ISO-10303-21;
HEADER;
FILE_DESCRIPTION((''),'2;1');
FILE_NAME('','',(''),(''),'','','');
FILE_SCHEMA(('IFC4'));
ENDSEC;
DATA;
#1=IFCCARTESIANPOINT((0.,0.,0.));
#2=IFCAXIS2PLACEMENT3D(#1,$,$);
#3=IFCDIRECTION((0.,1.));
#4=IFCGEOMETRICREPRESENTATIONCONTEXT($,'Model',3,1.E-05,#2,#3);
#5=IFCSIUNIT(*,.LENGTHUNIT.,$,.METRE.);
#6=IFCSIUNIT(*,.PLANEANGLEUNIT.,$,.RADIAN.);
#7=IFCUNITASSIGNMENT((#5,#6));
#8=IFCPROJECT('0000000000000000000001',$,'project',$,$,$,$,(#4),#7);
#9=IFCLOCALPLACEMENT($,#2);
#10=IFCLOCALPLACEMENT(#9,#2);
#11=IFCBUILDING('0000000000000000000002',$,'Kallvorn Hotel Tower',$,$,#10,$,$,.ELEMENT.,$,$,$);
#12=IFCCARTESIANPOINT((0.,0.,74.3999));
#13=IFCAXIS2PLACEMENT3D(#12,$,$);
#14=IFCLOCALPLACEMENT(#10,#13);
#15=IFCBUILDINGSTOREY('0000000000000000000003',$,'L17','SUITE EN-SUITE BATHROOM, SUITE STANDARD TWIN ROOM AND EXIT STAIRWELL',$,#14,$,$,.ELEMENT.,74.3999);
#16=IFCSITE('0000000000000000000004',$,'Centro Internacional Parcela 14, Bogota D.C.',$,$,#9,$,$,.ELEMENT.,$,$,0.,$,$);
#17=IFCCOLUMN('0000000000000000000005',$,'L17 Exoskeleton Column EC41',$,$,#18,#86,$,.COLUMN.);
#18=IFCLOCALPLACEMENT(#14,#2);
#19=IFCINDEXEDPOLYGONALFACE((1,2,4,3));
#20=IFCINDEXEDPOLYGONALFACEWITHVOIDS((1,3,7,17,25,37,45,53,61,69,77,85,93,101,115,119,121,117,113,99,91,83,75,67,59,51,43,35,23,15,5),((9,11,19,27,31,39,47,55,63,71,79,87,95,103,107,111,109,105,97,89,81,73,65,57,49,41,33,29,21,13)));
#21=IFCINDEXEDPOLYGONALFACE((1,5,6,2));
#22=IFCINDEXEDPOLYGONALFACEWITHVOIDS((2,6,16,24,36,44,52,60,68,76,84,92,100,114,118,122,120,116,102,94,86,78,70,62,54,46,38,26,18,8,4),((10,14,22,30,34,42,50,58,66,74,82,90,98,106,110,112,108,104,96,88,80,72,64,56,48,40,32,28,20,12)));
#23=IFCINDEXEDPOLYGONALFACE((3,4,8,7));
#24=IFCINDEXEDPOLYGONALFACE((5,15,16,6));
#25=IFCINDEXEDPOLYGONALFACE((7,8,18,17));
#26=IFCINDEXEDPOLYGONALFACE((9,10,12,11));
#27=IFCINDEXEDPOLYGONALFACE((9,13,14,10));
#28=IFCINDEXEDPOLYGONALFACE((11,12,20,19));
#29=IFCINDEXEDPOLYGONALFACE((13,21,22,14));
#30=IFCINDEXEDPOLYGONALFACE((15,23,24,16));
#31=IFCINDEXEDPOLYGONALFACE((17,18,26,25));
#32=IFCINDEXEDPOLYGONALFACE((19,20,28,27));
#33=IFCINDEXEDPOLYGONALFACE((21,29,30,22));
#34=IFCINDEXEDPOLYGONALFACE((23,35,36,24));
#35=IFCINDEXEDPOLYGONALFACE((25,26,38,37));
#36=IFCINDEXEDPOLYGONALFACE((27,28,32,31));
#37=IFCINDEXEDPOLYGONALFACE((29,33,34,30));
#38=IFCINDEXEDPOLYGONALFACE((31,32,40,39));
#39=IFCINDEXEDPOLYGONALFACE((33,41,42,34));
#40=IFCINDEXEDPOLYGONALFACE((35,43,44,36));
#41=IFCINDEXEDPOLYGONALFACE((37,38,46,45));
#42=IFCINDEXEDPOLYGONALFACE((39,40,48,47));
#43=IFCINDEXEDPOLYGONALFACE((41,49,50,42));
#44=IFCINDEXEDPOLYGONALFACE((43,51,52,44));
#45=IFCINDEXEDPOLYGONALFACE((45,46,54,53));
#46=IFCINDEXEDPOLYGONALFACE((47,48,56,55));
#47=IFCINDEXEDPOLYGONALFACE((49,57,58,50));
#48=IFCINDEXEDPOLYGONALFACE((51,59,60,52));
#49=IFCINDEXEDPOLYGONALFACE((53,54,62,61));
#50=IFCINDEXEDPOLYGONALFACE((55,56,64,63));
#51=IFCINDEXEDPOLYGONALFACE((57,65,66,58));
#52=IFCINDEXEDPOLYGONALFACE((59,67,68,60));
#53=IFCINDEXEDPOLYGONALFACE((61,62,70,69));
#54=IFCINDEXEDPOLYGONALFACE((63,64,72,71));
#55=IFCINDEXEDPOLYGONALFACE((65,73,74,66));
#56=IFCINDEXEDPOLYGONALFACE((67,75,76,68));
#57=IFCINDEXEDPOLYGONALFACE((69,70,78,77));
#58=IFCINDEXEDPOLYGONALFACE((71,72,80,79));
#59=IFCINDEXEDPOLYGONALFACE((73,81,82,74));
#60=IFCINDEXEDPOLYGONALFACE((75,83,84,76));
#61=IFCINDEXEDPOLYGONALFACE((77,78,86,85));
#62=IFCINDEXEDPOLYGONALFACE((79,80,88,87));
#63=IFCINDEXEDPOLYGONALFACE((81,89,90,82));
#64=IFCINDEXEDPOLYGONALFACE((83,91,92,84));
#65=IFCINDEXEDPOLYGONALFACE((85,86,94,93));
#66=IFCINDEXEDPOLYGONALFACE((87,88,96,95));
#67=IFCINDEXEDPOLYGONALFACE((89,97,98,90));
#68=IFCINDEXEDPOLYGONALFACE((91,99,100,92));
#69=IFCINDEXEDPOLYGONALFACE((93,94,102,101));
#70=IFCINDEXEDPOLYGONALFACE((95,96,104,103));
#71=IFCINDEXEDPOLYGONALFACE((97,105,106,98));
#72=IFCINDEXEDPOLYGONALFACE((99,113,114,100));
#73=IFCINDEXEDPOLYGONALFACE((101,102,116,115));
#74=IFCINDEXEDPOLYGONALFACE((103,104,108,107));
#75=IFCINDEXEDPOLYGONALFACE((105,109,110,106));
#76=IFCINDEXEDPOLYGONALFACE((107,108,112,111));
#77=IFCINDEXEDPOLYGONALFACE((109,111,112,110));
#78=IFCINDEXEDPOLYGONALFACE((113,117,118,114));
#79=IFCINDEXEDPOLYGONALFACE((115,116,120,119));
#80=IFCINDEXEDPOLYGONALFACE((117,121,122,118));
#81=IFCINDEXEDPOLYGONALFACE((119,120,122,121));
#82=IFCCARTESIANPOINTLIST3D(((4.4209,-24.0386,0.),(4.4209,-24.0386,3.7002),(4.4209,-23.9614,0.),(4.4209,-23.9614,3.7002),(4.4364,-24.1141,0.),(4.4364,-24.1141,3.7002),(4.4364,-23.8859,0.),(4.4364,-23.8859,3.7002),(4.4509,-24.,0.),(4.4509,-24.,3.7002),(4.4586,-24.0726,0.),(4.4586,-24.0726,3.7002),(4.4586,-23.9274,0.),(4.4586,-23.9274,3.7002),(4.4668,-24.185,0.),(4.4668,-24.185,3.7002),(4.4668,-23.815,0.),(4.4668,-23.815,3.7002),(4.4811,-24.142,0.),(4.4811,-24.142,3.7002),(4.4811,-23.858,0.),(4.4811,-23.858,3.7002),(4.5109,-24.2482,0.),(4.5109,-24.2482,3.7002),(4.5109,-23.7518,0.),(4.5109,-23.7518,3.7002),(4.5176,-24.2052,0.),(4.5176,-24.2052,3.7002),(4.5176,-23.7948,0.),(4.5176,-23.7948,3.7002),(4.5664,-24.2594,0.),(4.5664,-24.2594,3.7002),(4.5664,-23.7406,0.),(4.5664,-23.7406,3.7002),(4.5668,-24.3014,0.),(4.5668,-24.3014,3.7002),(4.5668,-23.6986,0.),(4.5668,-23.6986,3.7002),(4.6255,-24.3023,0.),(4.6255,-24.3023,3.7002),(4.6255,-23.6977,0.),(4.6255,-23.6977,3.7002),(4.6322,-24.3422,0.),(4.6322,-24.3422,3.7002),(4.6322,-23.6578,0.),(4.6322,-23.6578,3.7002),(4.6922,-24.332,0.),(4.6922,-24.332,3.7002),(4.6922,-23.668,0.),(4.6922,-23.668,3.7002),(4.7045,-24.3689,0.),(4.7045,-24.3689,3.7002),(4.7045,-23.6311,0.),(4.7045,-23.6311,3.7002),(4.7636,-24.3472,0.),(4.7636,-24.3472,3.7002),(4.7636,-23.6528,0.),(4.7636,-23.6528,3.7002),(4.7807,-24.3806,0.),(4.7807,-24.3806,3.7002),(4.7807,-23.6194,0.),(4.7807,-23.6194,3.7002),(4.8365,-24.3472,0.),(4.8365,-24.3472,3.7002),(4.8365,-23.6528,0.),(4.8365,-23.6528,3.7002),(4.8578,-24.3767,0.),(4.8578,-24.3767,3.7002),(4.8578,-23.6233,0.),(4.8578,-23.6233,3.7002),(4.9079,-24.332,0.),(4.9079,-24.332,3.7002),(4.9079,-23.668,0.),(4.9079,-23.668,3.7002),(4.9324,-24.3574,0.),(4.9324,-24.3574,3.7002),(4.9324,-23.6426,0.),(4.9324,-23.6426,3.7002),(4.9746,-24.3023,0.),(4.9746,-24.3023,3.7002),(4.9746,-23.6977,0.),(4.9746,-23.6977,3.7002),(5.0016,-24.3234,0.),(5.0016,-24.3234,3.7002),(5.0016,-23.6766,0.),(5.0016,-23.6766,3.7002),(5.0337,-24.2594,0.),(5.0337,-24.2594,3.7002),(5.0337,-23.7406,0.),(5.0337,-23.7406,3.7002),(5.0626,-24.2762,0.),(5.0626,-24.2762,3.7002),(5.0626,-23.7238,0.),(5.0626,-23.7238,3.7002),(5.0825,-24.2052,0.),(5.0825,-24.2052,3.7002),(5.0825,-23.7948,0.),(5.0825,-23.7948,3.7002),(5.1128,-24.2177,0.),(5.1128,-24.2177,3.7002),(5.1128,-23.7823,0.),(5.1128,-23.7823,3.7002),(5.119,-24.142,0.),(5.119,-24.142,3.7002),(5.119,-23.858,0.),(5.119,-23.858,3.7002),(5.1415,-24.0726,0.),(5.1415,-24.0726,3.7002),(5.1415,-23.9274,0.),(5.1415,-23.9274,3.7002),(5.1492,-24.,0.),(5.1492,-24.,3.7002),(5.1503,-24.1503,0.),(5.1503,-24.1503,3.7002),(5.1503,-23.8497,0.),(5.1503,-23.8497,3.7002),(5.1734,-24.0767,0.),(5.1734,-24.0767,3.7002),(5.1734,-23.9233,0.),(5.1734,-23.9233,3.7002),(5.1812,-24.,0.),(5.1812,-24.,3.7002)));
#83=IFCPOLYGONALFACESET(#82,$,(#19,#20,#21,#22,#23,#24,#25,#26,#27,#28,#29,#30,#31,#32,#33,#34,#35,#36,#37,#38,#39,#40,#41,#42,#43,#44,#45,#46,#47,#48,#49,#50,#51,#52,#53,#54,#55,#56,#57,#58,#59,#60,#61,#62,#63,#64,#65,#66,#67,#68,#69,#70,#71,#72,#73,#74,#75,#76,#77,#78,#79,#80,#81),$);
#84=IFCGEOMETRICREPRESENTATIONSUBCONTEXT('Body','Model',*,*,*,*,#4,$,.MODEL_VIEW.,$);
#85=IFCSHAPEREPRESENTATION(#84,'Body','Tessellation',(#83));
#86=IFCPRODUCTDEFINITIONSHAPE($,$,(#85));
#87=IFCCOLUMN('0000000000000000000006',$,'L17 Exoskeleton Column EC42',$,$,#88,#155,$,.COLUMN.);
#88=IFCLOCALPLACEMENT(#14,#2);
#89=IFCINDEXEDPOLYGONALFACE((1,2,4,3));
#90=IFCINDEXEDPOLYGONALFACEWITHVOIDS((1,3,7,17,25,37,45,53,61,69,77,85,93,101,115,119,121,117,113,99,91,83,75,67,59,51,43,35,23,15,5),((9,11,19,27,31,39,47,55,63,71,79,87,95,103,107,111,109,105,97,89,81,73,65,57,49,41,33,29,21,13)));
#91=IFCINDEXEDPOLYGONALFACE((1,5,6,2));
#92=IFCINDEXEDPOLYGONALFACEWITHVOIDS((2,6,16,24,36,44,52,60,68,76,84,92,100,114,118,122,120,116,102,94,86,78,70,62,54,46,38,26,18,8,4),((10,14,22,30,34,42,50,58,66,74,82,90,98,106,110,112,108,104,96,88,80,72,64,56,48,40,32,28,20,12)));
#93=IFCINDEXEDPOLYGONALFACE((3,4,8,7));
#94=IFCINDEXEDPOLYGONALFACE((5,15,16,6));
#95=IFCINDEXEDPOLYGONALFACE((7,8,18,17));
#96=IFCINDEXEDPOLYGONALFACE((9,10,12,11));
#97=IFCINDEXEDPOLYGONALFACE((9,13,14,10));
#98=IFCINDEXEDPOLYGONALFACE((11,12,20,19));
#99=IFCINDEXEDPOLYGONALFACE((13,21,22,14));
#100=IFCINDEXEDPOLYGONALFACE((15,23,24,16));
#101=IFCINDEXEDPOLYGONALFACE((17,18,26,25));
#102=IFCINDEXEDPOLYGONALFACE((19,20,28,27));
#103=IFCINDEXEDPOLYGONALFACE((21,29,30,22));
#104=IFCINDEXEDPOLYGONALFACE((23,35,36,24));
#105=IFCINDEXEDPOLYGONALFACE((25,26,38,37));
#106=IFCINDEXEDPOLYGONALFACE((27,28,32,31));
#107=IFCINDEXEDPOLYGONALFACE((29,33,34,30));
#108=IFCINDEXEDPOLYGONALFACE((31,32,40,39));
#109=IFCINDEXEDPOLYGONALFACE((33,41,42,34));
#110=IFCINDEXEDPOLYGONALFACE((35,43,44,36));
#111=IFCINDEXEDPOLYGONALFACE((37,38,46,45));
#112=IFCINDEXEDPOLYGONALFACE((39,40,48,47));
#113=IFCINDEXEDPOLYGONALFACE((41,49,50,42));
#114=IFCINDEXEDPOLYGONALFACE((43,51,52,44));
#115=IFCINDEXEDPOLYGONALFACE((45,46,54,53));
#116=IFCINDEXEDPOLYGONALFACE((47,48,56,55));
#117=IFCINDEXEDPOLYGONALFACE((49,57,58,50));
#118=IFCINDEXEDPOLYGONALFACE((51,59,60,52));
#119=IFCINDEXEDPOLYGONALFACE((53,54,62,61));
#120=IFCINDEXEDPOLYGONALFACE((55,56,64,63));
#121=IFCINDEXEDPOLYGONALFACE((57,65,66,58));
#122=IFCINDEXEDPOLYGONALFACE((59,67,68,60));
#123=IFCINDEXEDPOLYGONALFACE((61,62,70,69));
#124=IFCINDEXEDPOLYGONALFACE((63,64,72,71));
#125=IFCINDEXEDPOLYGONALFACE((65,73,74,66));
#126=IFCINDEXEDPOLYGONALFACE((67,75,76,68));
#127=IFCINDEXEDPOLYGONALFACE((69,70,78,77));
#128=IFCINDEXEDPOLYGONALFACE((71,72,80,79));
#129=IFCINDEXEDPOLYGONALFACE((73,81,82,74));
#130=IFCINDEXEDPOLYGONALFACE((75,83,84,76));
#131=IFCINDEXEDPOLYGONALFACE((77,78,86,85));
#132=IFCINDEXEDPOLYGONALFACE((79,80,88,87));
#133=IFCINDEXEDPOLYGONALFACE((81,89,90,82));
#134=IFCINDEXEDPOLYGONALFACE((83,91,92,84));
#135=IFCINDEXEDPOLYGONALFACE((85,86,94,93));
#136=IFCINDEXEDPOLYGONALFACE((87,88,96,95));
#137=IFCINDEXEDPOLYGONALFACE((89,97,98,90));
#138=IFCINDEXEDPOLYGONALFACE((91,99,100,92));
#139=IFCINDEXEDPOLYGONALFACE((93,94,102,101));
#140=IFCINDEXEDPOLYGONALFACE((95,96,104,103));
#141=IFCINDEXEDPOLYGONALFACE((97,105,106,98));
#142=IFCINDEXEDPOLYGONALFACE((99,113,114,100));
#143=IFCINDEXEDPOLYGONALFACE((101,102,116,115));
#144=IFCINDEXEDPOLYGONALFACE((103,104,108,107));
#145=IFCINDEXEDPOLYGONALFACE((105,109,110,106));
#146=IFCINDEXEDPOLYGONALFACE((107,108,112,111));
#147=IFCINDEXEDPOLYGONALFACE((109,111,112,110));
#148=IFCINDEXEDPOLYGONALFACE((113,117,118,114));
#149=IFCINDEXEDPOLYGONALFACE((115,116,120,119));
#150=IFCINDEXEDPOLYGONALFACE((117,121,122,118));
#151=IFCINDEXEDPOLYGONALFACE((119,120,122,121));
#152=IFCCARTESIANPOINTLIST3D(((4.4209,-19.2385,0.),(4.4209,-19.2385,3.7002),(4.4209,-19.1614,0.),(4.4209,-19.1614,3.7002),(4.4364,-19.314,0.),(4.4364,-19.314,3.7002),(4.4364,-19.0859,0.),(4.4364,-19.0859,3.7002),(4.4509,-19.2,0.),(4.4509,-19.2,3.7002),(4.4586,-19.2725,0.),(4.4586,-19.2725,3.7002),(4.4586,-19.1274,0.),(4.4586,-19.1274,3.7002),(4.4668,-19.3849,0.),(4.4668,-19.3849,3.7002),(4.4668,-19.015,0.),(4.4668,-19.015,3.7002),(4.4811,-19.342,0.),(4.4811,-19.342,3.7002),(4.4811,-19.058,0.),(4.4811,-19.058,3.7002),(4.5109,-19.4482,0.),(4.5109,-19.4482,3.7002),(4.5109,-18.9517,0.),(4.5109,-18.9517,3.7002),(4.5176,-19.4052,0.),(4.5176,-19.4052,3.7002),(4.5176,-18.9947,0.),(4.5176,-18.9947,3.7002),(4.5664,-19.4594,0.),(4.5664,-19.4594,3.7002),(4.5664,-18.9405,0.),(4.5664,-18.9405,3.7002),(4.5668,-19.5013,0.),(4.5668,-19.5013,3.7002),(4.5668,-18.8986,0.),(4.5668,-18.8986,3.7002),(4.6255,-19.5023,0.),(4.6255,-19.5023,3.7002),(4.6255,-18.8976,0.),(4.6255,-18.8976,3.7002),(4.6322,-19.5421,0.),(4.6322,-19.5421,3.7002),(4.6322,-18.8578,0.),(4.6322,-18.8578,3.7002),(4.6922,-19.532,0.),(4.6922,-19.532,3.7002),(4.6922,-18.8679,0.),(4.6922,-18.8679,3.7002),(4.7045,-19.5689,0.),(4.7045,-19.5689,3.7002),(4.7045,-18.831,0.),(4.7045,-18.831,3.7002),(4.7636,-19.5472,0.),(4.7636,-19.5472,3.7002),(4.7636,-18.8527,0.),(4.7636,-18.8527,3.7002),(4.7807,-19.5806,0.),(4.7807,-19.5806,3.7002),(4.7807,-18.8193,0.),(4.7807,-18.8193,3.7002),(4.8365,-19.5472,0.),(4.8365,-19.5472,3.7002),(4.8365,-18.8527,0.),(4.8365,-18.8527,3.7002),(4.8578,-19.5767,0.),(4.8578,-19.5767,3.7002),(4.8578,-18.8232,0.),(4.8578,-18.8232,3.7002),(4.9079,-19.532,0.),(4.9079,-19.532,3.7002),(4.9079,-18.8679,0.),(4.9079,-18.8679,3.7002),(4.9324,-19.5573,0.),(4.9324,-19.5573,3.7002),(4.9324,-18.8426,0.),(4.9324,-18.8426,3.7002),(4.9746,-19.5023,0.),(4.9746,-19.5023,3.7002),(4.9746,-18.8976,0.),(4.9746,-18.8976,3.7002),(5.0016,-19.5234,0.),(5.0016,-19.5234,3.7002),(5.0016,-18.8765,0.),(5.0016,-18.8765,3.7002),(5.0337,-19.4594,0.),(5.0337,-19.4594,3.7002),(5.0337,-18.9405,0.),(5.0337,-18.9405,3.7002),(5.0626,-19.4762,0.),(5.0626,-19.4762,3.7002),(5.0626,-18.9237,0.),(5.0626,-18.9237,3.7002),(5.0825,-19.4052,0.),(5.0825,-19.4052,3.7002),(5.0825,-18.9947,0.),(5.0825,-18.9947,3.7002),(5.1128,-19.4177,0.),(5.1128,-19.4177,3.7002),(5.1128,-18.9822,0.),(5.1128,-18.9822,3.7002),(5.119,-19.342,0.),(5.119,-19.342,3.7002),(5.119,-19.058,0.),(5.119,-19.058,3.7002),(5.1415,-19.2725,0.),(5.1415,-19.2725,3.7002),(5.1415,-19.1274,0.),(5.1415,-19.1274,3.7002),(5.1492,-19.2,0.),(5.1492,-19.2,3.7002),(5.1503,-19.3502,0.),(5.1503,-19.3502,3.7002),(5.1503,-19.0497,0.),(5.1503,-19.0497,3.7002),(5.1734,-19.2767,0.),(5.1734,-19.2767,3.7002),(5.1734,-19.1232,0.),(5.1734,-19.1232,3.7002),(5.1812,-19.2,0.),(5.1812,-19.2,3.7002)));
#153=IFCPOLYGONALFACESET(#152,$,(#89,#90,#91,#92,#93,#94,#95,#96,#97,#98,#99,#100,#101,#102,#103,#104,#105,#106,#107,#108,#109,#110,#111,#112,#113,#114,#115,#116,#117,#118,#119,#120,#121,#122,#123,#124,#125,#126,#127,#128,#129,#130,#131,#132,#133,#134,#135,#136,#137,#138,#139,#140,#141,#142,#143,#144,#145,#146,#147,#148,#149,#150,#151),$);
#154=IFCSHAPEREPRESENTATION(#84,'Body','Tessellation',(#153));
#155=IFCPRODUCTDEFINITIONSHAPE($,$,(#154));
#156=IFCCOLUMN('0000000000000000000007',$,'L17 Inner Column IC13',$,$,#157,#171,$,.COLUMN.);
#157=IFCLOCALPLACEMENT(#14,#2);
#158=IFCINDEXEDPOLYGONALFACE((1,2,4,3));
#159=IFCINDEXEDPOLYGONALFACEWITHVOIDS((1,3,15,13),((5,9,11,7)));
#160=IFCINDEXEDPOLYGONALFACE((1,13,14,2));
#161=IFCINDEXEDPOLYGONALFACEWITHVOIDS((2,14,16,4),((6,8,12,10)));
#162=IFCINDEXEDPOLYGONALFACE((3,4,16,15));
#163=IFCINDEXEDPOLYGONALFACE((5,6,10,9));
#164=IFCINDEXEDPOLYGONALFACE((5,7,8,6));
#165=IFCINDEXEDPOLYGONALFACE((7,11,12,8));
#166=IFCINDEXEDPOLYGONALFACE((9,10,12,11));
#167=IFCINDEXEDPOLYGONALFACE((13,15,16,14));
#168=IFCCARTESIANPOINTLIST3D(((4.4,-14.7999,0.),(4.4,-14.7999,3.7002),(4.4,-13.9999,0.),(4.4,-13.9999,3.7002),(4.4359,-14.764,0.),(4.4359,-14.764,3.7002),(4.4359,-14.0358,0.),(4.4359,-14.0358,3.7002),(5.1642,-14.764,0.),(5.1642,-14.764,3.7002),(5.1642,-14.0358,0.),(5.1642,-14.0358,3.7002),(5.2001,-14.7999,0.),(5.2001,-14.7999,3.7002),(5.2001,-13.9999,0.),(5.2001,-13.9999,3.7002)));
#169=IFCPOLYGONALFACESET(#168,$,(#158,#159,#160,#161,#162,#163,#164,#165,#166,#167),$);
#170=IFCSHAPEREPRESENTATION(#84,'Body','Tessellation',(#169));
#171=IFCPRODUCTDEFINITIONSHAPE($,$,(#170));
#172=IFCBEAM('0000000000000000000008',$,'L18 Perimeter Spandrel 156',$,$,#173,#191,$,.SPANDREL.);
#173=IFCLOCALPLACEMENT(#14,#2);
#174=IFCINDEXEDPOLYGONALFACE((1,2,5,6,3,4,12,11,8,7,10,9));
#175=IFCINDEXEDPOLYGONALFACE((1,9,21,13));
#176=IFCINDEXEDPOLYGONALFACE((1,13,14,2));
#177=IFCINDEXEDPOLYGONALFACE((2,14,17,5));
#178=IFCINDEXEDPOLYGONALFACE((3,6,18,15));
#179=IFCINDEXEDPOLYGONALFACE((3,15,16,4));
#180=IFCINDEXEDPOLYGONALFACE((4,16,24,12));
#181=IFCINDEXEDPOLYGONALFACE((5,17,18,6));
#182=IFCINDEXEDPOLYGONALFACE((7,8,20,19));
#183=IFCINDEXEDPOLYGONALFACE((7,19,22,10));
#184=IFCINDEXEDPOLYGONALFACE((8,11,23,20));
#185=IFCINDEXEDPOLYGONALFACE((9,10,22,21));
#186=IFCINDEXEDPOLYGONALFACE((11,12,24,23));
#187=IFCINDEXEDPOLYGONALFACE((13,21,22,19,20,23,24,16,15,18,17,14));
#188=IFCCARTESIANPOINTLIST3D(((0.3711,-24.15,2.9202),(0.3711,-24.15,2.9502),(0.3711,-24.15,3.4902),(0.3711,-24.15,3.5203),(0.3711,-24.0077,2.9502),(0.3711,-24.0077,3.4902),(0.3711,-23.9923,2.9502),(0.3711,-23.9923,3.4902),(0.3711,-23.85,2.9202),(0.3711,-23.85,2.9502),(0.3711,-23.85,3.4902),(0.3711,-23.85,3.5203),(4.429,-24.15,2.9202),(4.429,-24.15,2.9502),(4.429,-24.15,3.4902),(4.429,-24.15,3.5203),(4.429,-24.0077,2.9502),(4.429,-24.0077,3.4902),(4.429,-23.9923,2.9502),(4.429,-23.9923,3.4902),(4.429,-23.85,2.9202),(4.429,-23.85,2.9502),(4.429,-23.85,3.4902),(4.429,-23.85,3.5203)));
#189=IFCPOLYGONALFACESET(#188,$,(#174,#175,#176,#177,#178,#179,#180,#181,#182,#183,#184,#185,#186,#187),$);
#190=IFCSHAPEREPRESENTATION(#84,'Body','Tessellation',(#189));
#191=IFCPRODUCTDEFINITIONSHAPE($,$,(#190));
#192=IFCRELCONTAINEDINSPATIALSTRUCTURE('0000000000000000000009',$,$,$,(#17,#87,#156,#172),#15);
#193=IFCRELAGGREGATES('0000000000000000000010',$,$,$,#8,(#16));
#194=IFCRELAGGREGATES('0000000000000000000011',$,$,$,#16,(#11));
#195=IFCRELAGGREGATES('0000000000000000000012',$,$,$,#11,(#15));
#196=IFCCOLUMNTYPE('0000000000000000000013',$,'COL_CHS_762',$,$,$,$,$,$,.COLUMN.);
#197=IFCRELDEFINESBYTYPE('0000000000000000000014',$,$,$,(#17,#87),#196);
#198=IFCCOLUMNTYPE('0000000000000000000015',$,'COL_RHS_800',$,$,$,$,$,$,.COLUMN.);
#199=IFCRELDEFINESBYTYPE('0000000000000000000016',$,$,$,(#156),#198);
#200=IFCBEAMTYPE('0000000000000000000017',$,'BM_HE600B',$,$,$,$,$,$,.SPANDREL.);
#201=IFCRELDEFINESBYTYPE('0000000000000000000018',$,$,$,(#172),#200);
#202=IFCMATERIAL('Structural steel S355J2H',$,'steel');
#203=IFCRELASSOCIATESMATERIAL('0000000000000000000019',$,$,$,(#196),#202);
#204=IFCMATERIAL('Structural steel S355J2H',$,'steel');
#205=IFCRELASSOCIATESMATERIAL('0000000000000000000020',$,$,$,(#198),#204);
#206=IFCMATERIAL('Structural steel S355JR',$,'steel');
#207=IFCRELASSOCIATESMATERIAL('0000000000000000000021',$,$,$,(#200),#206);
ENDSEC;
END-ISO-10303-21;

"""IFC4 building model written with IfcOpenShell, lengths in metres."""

from ifc_helpers import new_model, si_unit, direction, frame, origin, origin_2d, place, context, subcontext, project, spatial, hollow_rectangle, hollow_circle, i_section, extrude, material, material_profile, profile_set, type_object, element, save


model = new_model("IFC4")

# Units and contexts
model_context = context("Model", 3, precision=1e-05, world=origin(), true_north=direction((0.0, 1.0)))
body_context = subcontext(model_context, "Body", "Model", "MODEL_VIEW")
ifc_project = project(units=[si_unit("LENGTHUNIT", "METRE"), si_unit("PLANEANGLEUNIT", "RADIAN")], contexts=[model_context])

# Site, building, storey
site_placement = place(None, origin())
site = spatial("IfcSite", under=ifc_project, at=site_placement, Name="Centro Internacional Parcela 14, Bogota D.C.", CompositionType="ELEMENT", RefElevation=0.0)
building_placement = place(site_placement, origin())
building = spatial("IfcBuilding", under=site, at=building_placement, Name="Kallvorn Hotel Tower", CompositionType="ELEMENT")
storey_placement = place(building_placement, frame((0.0, 0.0, 74.3999)))
storey = spatial("IfcBuildingStorey", under=building, at=storey_placement, Name="L17", Description="SUITE EN-SUITE BATHROOM, SUITE STANDARD TWIN ROOM AND EXIT STAIRWELL", CompositionType="ELEMENT", Elevation=74.3999)

# Columns
ifc_material_1 = material(Name="Structural steel S355J2H", Category="steel")
ifc_material_profile_1 = material_profile(ifc_material_1, hollow_circle(Radius=0.3811, WallThickness=0.032, at=origin_2d()), Name="CHS 762x32")
ifc_profile_set_1 = profile_set([ifc_material_profile_1], Name="Structural steel S355J2H")
column_type_1 = type_object("IfcColumnType", Name="COL_CHS_762", PredefinedType="COLUMN", material=ifc_profile_set_1)
for number, where, z_axis, x_axis, name in (
    (1, (4.8, -24.0, 0.0), (0.0, 0.0, 1.0), (1.0, 0.0, 0.0), "L17 Exoskeleton Column EC41"),
    (2, (4.8, -19.2, 0.0), (0.0, 0.0, 1.0), (1.0, 0.0, 0.0), "L17 Exoskeleton Column EC42"),
):
    element("IfcColumn", number, at=place(storey_placement, frame(where, z_axis=z_axis, x_axis=x_axis)), inside=storey, type_object=column_type_1, Name=name, PredefinedType="COLUMN", context=body_context, shape_type="SweptSolid", body=[
        extrude(hollow_circle(Radius=0.3811, WallThickness=0.032, at=origin_2d()), origin(), (0.0, 0.0, 1.0), 3.7002),
    ])
ifc_material_2 = material(Name="Structural steel S355J2H", Category="steel")
ifc_material_profile_2 = material_profile(ifc_material_2, hollow_rectangle(XDim=0.8, YDim=0.8, WallThickness=0.0359, at=origin_2d()), Name="RHS 800x800x36")
ifc_profile_set_2 = profile_set([ifc_material_profile_2], Name="Structural steel S355J2H")
column_type_2 = type_object("IfcColumnType", Name="COL_RHS_800", PredefinedType="COLUMN", material=ifc_profile_set_2)
column_placement = place(storey_placement, frame((4.8, -14.3999, 0.0), z_axis=(0.0, 0.0, 1.0), x_axis=(1.0, 0.0, 0.0)))
element("IfcColumn", 3, at=column_placement, inside=storey, type_object=column_type_2, Name="L17 Inner Column IC13", PredefinedType="COLUMN", context=body_context, shape_type="SweptSolid", body=[
    extrude(hollow_rectangle(XDim=0.8, YDim=0.8, WallThickness=0.0359, at=origin_2d()), origin(), (0.0, 0.0, 1.0), 3.7002),
])

# Beam
ifc_material_3 = material(Name="Structural steel S355JR", Category="steel")
ifc_material_profile_3 = material_profile(ifc_material_3, i_section(OverallWidth=0.3, OverallDepth=0.6001, WebThickness=0.0154, FlangeThickness=0.03, at=origin_2d()), Name="HE 600 B")
ifc_profile_set_3 = profile_set([ifc_material_profile_3], Name="Structural steel S355JR")
beam_type_1 = type_object("IfcBeamType", Name="BM_HE600B", PredefinedType="SPANDREL", material=ifc_profile_set_3)
beam_1_placement = place(storey_placement, frame((0.3711, -24.0, 3.2202), z_axis=(1.0, 0.0, 0.0), x_axis=(0.0, 1.0, 0.0)))
element("IfcBeam", 4, at=beam_1_placement, inside=storey, type_object=beam_type_1, Name="L18 Perimeter Spandrel 156", PredefinedType="SPANDREL", context=body_context, shape_type="SweptSolid", body=[
    extrude(i_section(OverallWidth=0.3, OverallDepth=0.6001, WebThickness=0.0154, FlangeThickness=0.03, at=origin_2d()), origin(), (0.0, 0.0, 1.0), 4.0579),
])

save(model, "model.ifc")
